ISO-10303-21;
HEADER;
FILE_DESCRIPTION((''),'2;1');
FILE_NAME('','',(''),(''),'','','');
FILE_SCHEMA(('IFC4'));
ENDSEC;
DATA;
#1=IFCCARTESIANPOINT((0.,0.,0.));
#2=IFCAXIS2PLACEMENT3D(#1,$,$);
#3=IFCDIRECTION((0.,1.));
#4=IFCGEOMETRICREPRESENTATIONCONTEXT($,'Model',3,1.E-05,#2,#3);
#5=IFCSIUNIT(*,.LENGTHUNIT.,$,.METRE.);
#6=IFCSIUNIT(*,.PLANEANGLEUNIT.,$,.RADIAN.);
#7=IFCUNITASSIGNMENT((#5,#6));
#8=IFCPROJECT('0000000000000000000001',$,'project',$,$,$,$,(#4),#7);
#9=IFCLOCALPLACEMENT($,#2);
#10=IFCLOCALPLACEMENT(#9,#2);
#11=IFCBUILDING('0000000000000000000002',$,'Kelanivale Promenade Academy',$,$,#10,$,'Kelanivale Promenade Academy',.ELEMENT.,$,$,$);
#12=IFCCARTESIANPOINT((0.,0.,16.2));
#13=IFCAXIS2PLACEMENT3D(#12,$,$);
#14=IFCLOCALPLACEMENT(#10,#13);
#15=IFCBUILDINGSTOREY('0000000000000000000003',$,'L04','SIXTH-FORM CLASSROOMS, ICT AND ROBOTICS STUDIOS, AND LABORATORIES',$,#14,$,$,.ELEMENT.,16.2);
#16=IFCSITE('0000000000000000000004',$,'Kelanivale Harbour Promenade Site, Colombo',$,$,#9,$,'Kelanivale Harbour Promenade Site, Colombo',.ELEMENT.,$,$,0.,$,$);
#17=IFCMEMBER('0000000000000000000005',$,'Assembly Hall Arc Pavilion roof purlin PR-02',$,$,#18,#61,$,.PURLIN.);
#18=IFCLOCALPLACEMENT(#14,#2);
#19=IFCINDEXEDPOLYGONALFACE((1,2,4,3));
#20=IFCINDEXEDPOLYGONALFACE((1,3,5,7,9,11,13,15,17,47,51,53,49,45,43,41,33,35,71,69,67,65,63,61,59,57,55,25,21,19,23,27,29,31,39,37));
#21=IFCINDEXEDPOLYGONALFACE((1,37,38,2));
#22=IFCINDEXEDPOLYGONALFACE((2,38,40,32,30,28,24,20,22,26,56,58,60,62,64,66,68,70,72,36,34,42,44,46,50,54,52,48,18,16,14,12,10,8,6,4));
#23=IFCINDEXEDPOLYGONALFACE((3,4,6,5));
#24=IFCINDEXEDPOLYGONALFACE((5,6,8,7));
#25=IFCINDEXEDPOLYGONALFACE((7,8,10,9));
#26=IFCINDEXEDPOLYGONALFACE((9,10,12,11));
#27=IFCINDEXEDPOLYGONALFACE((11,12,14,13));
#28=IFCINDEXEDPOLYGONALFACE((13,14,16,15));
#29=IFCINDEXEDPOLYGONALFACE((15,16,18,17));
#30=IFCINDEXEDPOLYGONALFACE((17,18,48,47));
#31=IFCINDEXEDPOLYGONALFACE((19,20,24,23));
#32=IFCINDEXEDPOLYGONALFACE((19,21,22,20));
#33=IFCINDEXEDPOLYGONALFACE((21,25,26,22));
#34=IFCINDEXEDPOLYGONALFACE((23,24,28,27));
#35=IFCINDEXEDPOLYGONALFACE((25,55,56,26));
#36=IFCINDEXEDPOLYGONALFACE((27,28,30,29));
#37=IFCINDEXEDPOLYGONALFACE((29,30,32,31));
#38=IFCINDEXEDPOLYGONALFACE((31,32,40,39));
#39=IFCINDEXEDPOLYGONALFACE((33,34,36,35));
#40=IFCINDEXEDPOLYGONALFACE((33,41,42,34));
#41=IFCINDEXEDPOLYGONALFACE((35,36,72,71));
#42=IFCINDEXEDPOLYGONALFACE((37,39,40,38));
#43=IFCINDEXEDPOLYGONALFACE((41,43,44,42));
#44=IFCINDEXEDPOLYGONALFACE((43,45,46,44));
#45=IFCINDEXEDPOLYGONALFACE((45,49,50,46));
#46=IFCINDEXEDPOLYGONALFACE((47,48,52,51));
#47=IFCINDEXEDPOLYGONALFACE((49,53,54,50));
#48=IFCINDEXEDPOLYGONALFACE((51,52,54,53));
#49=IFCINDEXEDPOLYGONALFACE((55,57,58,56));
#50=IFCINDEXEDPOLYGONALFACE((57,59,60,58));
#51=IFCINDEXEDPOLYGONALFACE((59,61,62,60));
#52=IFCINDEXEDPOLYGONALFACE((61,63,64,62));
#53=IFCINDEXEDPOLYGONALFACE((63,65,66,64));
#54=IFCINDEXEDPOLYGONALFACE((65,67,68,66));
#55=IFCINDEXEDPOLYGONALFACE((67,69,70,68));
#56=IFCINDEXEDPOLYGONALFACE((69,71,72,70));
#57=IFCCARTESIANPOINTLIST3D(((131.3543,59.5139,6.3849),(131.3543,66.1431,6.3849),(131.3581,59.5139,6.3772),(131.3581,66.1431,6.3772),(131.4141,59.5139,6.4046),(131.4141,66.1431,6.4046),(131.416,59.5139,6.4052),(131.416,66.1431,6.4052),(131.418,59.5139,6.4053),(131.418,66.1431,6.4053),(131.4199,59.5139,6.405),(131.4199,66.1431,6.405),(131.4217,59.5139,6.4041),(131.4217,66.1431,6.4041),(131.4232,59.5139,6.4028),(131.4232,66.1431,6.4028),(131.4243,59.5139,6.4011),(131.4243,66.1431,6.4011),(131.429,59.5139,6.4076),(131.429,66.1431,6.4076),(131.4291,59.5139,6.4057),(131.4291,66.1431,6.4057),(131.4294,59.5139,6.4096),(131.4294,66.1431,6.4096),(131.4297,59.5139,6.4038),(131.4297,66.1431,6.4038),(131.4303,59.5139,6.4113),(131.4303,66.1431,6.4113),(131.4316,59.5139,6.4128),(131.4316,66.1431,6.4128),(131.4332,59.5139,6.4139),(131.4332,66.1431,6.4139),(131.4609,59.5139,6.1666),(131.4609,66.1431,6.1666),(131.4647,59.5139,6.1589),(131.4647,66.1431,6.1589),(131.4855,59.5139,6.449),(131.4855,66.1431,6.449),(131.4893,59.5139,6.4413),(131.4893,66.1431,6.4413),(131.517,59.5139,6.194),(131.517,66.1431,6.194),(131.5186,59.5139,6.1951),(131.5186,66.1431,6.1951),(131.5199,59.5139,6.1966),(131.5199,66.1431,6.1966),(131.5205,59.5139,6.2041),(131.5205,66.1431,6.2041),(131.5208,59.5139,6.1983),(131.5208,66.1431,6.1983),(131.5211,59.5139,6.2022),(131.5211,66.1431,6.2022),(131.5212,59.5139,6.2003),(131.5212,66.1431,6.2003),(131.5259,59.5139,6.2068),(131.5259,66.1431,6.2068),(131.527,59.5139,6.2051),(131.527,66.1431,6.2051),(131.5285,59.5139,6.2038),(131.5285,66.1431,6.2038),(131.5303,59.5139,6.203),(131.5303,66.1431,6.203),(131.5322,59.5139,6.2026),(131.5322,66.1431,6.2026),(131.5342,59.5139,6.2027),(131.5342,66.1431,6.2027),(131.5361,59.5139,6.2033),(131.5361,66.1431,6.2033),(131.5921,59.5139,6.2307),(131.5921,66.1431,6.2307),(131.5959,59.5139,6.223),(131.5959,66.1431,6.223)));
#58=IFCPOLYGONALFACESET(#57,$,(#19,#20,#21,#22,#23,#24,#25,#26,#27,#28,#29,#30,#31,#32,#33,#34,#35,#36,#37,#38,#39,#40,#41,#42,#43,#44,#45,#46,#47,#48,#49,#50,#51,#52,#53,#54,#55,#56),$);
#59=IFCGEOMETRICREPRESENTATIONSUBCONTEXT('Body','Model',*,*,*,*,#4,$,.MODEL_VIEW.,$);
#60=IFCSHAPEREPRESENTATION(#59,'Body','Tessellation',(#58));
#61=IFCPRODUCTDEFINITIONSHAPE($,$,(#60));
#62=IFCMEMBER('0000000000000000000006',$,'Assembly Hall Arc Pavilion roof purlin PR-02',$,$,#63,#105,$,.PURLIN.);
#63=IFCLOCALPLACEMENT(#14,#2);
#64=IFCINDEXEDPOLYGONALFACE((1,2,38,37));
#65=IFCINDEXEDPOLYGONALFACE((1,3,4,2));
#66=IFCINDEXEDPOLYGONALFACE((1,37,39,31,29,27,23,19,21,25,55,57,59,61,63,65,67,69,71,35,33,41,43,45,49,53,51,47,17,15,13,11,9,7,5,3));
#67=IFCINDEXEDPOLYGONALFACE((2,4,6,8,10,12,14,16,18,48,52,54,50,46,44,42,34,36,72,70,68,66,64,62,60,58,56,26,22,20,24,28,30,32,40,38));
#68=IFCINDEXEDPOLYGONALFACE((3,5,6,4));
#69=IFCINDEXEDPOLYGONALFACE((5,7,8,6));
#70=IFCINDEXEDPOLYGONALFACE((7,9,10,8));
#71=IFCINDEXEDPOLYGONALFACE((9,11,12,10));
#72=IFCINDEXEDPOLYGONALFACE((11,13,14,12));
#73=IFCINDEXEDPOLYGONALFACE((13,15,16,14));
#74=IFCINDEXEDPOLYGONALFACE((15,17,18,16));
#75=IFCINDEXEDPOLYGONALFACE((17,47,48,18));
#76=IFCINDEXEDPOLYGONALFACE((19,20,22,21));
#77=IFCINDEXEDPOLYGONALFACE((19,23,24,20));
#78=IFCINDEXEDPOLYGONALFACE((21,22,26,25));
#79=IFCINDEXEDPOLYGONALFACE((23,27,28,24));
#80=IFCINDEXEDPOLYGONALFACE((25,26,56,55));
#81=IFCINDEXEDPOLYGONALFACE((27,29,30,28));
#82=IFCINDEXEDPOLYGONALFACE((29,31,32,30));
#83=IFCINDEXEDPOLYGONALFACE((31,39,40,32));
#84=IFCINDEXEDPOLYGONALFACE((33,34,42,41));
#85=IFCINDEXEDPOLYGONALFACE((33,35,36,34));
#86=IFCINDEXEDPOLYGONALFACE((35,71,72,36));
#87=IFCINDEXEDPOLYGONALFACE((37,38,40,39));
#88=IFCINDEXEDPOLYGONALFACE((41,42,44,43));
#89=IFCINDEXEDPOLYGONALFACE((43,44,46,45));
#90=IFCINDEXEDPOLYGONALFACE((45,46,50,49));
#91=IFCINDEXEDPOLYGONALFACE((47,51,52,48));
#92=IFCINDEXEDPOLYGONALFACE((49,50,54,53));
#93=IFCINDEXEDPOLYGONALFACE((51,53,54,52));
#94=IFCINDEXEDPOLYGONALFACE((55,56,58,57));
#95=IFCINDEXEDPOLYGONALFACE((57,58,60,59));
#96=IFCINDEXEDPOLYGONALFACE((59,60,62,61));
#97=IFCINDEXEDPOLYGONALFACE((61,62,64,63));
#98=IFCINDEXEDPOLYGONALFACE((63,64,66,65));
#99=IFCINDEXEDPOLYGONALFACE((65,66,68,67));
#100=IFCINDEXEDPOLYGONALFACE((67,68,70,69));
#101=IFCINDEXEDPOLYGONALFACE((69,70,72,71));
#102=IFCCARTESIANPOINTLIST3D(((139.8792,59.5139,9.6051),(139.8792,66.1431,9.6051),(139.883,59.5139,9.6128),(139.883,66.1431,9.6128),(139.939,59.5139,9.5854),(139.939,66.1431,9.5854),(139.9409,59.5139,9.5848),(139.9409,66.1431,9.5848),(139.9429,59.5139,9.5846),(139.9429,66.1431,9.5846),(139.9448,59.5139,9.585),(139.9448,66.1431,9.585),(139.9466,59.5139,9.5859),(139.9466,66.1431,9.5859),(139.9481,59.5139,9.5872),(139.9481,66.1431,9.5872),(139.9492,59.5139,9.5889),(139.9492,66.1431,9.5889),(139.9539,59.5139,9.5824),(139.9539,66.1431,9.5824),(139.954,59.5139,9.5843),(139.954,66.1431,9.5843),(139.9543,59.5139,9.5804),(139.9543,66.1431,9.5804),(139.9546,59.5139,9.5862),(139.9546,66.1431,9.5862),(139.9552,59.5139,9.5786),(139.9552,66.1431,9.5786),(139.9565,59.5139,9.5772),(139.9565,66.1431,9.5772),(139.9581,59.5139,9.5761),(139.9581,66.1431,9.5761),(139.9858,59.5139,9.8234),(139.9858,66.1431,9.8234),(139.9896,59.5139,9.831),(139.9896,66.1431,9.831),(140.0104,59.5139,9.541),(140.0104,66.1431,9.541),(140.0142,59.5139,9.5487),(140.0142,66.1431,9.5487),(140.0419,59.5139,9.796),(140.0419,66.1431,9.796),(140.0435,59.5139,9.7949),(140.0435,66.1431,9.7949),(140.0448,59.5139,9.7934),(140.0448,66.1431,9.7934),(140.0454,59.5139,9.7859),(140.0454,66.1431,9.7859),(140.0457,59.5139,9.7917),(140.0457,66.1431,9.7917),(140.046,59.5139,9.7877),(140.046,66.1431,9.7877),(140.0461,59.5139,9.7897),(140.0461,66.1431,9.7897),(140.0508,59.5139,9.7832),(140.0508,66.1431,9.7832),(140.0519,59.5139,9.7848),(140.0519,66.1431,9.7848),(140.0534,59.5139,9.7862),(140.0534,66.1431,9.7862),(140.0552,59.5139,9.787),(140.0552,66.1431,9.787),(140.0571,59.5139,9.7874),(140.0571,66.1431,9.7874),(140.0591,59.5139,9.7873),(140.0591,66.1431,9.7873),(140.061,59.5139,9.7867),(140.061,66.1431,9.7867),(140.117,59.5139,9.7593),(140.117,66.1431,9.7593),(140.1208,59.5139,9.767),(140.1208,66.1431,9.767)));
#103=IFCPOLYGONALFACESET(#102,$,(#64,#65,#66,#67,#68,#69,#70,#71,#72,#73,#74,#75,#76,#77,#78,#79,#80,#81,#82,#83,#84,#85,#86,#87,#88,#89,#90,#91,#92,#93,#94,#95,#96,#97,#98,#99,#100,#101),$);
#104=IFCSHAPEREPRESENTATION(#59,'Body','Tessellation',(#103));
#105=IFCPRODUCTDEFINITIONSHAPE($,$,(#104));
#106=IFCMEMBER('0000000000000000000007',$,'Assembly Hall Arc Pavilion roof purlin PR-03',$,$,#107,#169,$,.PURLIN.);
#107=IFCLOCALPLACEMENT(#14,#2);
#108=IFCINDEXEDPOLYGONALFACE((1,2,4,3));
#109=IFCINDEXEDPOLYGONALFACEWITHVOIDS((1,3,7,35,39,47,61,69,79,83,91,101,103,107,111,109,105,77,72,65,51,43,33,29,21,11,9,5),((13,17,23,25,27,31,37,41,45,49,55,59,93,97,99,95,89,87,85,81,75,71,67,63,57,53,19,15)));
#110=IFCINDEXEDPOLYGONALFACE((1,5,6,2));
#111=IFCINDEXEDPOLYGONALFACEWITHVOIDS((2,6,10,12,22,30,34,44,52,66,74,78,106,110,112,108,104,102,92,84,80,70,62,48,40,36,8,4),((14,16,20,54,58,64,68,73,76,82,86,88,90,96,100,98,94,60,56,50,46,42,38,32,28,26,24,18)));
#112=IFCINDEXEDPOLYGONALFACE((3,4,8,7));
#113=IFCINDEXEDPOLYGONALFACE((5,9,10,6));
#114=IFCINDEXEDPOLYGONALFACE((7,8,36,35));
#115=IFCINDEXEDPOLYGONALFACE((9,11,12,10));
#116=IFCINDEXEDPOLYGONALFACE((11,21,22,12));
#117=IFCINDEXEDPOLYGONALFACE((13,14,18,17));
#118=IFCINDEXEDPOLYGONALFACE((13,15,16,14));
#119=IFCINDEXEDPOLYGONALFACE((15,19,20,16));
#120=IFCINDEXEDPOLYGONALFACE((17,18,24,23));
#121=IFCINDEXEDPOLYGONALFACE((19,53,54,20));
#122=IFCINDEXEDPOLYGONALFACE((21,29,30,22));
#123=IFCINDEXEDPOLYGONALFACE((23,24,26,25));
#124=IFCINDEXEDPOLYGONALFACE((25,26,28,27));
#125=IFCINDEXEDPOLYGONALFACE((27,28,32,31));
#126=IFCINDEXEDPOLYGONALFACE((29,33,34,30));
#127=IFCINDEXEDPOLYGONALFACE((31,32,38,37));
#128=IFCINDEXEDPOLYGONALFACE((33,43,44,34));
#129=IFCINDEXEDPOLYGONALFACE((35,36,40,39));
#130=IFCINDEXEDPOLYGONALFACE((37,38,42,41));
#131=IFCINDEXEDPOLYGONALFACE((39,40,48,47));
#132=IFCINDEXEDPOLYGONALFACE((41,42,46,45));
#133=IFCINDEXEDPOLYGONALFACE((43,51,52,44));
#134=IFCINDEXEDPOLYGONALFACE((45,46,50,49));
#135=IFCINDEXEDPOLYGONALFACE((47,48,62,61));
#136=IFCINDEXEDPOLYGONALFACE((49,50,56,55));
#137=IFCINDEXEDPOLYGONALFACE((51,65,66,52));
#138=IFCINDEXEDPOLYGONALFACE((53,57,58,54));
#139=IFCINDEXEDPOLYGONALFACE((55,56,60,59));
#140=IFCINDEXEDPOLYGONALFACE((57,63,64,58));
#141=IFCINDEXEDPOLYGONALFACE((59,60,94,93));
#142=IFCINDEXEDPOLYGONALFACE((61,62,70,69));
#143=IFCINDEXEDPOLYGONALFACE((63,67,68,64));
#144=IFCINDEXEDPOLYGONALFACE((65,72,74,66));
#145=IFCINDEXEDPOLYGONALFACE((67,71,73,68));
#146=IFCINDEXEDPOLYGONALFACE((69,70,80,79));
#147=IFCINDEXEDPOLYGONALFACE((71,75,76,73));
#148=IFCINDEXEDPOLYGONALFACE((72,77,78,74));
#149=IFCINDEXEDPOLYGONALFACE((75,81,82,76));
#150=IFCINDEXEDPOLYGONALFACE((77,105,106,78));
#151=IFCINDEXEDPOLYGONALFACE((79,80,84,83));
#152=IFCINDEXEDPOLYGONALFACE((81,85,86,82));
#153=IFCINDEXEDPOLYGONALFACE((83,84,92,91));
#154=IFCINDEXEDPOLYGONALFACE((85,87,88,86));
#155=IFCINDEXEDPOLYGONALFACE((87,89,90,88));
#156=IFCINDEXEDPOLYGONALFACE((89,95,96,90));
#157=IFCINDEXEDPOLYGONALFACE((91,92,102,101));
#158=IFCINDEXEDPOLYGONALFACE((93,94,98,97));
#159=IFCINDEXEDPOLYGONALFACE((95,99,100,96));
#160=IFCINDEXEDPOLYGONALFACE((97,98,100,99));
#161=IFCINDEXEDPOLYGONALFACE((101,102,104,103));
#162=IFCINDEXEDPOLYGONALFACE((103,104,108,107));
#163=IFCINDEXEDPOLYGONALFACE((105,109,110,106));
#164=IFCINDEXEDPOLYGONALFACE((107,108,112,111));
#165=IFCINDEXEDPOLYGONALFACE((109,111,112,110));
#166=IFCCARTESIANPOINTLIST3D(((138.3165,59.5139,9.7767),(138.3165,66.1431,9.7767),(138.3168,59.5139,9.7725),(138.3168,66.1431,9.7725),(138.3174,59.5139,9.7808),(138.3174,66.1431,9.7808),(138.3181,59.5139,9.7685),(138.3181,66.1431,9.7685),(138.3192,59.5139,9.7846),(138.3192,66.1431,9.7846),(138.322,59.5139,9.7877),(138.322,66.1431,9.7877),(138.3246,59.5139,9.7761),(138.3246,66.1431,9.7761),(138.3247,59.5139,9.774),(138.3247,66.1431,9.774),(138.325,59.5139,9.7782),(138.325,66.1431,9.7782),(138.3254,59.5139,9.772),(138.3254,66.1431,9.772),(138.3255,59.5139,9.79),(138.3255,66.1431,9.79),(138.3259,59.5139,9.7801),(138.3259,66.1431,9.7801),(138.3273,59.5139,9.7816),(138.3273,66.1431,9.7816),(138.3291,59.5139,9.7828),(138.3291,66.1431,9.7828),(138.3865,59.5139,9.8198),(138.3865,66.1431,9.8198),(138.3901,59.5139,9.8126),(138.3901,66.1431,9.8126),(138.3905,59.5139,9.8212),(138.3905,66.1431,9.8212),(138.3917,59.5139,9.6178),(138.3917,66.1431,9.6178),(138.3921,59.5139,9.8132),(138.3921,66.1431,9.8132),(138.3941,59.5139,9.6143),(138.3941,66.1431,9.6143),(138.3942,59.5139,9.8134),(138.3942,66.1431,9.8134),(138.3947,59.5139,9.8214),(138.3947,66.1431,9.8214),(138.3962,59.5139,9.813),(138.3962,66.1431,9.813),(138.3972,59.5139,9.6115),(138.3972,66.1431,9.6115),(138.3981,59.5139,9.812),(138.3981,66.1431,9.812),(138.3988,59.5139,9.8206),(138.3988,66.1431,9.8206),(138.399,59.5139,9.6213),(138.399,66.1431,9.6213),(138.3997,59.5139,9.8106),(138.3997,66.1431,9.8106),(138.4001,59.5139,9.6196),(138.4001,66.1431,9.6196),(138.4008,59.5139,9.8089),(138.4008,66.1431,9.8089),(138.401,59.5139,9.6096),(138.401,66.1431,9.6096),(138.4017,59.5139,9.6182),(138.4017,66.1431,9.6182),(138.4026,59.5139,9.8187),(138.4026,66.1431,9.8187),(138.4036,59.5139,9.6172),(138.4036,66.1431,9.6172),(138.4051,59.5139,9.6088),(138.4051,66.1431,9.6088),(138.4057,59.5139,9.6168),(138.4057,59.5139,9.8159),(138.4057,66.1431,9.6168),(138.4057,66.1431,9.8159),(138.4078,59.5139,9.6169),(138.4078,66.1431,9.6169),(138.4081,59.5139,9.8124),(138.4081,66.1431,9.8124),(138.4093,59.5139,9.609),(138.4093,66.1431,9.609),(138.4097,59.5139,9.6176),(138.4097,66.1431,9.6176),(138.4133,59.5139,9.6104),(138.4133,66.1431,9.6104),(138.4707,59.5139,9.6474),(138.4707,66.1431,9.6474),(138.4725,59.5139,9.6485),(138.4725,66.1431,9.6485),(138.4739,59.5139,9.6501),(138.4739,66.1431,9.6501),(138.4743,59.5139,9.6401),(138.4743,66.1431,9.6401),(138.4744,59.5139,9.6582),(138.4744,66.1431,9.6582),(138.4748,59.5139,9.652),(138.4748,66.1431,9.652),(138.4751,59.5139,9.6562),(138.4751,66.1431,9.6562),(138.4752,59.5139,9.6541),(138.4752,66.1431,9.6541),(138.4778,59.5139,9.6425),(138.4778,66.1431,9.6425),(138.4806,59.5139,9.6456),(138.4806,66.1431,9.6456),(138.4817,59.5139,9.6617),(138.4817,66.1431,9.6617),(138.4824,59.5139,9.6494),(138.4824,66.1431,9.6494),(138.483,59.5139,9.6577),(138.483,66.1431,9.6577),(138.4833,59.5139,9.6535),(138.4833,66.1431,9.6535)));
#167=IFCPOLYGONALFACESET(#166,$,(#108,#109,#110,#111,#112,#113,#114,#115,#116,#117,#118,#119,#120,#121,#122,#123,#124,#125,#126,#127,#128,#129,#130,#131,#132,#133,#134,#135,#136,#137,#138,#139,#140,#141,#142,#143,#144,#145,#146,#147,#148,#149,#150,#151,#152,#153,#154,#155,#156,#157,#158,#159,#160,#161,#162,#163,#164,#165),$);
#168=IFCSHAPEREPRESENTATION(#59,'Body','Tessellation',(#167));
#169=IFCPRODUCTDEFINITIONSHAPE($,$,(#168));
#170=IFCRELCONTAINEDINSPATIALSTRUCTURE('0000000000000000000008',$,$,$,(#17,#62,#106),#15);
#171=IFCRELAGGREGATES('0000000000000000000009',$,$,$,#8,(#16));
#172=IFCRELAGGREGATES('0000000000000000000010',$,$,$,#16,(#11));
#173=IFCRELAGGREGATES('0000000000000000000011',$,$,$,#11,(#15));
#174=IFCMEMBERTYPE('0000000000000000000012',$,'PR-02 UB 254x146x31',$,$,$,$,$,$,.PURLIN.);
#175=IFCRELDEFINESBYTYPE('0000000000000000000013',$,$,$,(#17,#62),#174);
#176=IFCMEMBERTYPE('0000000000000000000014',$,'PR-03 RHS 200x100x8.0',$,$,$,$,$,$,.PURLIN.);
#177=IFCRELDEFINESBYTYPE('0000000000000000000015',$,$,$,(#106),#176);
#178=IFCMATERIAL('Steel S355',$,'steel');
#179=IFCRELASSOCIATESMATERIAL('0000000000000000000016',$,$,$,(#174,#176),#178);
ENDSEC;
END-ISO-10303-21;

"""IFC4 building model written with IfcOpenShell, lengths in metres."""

from ifc_helpers import new_model, si_unit, direction, frame, origin, origin_2d, place, context, subcontext, project, spatial, hollow_rectangle, i_section, extrude, material, material_profile, profile_set, type_object, element, save


model = new_model("IFC4")

# Units and contexts
model_context = context("Model", 3, precision=1e-05, world=origin(), true_north=direction((0.0, 1.0)))
body_context = subcontext(model_context, "Body", "Model", "MODEL_VIEW")
ifc_project = project(units=[si_unit("LENGTHUNIT", "METRE"), si_unit("PLANEANGLEUNIT", "RADIAN")], contexts=[model_context])

# Site, building, storey
site_placement = place(None, origin())
site = spatial("IfcSite", under=ifc_project, at=site_placement, Name="Kelanivale Harbour Promenade Site, Colombo", LongName="Kelanivale Harbour Promenade Site, Colombo", CompositionType="ELEMENT", RefElevation=0.0)
building_placement = place(site_placement, origin())
building = spatial("IfcBuilding", under=site, at=building_placement, Name="Kelanivale Promenade Academy", LongName="Kelanivale Promenade Academy", CompositionType="ELEMENT")
storey_placement = place(building_placement, frame((0.0, 0.0, 16.2)))
storey = spatial("IfcBuildingStorey", under=building, at=storey_placement, Name="L04", Description="SIXTH-FORM CLASSROOMS, ICT AND ROBOTICS STUDIOS, AND LABORATORIES", CompositionType="ELEMENT", Elevation=16.2)

# Members
ifc_material_1 = material(Name="Steel S355", Category="steel")
ifc_material_profile_1 = material_profile(ifc_material_1, i_section(OverallWidth=0.146, OverallDepth=0.2515, WebThickness=0.0061, FlangeThickness=0.0085, FilletRadius=0.0076, at=origin_2d()), Name="UB 254x146x31")
ifc_profile_set_1 = profile_set([ifc_material_profile_1], Name="Steel S355")
member_type_1 = type_object("IfcMemberType", Name="PR-02 UB 254x146x31", PredefinedType="PURLIN", material=ifc_profile_set_1)
for number, where, z_axis, x_axis, name in (
    (1, (131.4751, 59.5139, 6.304), (0.0, 1.0, 0.0), (-0.898564, 0.0, -0.438842), "Assembly Hall Arc Pavilion roof purlin PR-02"),
    (2, (140.0, 59.5139, 9.686), (0.0, 1.0, 0.0), (-0.898564, 0.0, 0.438842), "Assembly Hall Arc Pavilion roof purlin PR-02"),
):
    element("IfcMember", number, at=place(storey_placement, frame(where, z_axis=z_axis, x_axis=x_axis)), inside=storey, type_object=member_type_1, Name=name, PredefinedType="PURLIN", context=body_context, shape_type="SweptSolid", body=[
        extrude(i_section(OverallWidth=0.146, OverallDepth=0.2515, WebThickness=0.0061, FlangeThickness=0.0085, FilletRadius=0.0076, at=origin_2d()), origin(), (0.0, 0.0, 1.0), 6.6292),
    ])
ifc_material_profile_2 = material_profile(ifc_material_1, hollow_rectangle(XDim=0.1001, YDim=0.2, WallThickness=0.0081, InnerFilletRadius=0.0081, OuterFilletRadius=0.0161, at=origin_2d()), Name="RHS 200x100x8.0")
ifc_profile_set_2 = profile_set([ifc_material_profile_2], Name="Steel S355")
member_type_2 = type_object("IfcMemberType", Name="PR-03 RHS 200x100x8.0", PredefinedType="PURLIN", material=ifc_profile_set_2)
for number, where, z_axis, x_axis, name in (
    (3, (138.3999, 59.5139, 9.7151), (0.0, 1.0, 0.0), (-0.898564, 0.0, -0.438842), "Assembly Hall Arc Pavilion roof purlin PR-03"),
):
    element("IfcMember", number, at=place(storey_placement, frame(where, z_axis=z_axis, x_axis=x_axis)), inside=storey, type_object=member_type_2, Name=name, PredefinedType="PURLIN", context=body_context, shape_type="SweptSolid", body=[
        extrude(hollow_rectangle(XDim=0.1001, YDim=0.2, WallThickness=0.0081, InnerFilletRadius=0.0081, OuterFilletRadius=0.0161, at=origin_2d()), origin(), (0.0, 0.0, 1.0), 6.6292),
    ])

save(model, "model.ifc")
